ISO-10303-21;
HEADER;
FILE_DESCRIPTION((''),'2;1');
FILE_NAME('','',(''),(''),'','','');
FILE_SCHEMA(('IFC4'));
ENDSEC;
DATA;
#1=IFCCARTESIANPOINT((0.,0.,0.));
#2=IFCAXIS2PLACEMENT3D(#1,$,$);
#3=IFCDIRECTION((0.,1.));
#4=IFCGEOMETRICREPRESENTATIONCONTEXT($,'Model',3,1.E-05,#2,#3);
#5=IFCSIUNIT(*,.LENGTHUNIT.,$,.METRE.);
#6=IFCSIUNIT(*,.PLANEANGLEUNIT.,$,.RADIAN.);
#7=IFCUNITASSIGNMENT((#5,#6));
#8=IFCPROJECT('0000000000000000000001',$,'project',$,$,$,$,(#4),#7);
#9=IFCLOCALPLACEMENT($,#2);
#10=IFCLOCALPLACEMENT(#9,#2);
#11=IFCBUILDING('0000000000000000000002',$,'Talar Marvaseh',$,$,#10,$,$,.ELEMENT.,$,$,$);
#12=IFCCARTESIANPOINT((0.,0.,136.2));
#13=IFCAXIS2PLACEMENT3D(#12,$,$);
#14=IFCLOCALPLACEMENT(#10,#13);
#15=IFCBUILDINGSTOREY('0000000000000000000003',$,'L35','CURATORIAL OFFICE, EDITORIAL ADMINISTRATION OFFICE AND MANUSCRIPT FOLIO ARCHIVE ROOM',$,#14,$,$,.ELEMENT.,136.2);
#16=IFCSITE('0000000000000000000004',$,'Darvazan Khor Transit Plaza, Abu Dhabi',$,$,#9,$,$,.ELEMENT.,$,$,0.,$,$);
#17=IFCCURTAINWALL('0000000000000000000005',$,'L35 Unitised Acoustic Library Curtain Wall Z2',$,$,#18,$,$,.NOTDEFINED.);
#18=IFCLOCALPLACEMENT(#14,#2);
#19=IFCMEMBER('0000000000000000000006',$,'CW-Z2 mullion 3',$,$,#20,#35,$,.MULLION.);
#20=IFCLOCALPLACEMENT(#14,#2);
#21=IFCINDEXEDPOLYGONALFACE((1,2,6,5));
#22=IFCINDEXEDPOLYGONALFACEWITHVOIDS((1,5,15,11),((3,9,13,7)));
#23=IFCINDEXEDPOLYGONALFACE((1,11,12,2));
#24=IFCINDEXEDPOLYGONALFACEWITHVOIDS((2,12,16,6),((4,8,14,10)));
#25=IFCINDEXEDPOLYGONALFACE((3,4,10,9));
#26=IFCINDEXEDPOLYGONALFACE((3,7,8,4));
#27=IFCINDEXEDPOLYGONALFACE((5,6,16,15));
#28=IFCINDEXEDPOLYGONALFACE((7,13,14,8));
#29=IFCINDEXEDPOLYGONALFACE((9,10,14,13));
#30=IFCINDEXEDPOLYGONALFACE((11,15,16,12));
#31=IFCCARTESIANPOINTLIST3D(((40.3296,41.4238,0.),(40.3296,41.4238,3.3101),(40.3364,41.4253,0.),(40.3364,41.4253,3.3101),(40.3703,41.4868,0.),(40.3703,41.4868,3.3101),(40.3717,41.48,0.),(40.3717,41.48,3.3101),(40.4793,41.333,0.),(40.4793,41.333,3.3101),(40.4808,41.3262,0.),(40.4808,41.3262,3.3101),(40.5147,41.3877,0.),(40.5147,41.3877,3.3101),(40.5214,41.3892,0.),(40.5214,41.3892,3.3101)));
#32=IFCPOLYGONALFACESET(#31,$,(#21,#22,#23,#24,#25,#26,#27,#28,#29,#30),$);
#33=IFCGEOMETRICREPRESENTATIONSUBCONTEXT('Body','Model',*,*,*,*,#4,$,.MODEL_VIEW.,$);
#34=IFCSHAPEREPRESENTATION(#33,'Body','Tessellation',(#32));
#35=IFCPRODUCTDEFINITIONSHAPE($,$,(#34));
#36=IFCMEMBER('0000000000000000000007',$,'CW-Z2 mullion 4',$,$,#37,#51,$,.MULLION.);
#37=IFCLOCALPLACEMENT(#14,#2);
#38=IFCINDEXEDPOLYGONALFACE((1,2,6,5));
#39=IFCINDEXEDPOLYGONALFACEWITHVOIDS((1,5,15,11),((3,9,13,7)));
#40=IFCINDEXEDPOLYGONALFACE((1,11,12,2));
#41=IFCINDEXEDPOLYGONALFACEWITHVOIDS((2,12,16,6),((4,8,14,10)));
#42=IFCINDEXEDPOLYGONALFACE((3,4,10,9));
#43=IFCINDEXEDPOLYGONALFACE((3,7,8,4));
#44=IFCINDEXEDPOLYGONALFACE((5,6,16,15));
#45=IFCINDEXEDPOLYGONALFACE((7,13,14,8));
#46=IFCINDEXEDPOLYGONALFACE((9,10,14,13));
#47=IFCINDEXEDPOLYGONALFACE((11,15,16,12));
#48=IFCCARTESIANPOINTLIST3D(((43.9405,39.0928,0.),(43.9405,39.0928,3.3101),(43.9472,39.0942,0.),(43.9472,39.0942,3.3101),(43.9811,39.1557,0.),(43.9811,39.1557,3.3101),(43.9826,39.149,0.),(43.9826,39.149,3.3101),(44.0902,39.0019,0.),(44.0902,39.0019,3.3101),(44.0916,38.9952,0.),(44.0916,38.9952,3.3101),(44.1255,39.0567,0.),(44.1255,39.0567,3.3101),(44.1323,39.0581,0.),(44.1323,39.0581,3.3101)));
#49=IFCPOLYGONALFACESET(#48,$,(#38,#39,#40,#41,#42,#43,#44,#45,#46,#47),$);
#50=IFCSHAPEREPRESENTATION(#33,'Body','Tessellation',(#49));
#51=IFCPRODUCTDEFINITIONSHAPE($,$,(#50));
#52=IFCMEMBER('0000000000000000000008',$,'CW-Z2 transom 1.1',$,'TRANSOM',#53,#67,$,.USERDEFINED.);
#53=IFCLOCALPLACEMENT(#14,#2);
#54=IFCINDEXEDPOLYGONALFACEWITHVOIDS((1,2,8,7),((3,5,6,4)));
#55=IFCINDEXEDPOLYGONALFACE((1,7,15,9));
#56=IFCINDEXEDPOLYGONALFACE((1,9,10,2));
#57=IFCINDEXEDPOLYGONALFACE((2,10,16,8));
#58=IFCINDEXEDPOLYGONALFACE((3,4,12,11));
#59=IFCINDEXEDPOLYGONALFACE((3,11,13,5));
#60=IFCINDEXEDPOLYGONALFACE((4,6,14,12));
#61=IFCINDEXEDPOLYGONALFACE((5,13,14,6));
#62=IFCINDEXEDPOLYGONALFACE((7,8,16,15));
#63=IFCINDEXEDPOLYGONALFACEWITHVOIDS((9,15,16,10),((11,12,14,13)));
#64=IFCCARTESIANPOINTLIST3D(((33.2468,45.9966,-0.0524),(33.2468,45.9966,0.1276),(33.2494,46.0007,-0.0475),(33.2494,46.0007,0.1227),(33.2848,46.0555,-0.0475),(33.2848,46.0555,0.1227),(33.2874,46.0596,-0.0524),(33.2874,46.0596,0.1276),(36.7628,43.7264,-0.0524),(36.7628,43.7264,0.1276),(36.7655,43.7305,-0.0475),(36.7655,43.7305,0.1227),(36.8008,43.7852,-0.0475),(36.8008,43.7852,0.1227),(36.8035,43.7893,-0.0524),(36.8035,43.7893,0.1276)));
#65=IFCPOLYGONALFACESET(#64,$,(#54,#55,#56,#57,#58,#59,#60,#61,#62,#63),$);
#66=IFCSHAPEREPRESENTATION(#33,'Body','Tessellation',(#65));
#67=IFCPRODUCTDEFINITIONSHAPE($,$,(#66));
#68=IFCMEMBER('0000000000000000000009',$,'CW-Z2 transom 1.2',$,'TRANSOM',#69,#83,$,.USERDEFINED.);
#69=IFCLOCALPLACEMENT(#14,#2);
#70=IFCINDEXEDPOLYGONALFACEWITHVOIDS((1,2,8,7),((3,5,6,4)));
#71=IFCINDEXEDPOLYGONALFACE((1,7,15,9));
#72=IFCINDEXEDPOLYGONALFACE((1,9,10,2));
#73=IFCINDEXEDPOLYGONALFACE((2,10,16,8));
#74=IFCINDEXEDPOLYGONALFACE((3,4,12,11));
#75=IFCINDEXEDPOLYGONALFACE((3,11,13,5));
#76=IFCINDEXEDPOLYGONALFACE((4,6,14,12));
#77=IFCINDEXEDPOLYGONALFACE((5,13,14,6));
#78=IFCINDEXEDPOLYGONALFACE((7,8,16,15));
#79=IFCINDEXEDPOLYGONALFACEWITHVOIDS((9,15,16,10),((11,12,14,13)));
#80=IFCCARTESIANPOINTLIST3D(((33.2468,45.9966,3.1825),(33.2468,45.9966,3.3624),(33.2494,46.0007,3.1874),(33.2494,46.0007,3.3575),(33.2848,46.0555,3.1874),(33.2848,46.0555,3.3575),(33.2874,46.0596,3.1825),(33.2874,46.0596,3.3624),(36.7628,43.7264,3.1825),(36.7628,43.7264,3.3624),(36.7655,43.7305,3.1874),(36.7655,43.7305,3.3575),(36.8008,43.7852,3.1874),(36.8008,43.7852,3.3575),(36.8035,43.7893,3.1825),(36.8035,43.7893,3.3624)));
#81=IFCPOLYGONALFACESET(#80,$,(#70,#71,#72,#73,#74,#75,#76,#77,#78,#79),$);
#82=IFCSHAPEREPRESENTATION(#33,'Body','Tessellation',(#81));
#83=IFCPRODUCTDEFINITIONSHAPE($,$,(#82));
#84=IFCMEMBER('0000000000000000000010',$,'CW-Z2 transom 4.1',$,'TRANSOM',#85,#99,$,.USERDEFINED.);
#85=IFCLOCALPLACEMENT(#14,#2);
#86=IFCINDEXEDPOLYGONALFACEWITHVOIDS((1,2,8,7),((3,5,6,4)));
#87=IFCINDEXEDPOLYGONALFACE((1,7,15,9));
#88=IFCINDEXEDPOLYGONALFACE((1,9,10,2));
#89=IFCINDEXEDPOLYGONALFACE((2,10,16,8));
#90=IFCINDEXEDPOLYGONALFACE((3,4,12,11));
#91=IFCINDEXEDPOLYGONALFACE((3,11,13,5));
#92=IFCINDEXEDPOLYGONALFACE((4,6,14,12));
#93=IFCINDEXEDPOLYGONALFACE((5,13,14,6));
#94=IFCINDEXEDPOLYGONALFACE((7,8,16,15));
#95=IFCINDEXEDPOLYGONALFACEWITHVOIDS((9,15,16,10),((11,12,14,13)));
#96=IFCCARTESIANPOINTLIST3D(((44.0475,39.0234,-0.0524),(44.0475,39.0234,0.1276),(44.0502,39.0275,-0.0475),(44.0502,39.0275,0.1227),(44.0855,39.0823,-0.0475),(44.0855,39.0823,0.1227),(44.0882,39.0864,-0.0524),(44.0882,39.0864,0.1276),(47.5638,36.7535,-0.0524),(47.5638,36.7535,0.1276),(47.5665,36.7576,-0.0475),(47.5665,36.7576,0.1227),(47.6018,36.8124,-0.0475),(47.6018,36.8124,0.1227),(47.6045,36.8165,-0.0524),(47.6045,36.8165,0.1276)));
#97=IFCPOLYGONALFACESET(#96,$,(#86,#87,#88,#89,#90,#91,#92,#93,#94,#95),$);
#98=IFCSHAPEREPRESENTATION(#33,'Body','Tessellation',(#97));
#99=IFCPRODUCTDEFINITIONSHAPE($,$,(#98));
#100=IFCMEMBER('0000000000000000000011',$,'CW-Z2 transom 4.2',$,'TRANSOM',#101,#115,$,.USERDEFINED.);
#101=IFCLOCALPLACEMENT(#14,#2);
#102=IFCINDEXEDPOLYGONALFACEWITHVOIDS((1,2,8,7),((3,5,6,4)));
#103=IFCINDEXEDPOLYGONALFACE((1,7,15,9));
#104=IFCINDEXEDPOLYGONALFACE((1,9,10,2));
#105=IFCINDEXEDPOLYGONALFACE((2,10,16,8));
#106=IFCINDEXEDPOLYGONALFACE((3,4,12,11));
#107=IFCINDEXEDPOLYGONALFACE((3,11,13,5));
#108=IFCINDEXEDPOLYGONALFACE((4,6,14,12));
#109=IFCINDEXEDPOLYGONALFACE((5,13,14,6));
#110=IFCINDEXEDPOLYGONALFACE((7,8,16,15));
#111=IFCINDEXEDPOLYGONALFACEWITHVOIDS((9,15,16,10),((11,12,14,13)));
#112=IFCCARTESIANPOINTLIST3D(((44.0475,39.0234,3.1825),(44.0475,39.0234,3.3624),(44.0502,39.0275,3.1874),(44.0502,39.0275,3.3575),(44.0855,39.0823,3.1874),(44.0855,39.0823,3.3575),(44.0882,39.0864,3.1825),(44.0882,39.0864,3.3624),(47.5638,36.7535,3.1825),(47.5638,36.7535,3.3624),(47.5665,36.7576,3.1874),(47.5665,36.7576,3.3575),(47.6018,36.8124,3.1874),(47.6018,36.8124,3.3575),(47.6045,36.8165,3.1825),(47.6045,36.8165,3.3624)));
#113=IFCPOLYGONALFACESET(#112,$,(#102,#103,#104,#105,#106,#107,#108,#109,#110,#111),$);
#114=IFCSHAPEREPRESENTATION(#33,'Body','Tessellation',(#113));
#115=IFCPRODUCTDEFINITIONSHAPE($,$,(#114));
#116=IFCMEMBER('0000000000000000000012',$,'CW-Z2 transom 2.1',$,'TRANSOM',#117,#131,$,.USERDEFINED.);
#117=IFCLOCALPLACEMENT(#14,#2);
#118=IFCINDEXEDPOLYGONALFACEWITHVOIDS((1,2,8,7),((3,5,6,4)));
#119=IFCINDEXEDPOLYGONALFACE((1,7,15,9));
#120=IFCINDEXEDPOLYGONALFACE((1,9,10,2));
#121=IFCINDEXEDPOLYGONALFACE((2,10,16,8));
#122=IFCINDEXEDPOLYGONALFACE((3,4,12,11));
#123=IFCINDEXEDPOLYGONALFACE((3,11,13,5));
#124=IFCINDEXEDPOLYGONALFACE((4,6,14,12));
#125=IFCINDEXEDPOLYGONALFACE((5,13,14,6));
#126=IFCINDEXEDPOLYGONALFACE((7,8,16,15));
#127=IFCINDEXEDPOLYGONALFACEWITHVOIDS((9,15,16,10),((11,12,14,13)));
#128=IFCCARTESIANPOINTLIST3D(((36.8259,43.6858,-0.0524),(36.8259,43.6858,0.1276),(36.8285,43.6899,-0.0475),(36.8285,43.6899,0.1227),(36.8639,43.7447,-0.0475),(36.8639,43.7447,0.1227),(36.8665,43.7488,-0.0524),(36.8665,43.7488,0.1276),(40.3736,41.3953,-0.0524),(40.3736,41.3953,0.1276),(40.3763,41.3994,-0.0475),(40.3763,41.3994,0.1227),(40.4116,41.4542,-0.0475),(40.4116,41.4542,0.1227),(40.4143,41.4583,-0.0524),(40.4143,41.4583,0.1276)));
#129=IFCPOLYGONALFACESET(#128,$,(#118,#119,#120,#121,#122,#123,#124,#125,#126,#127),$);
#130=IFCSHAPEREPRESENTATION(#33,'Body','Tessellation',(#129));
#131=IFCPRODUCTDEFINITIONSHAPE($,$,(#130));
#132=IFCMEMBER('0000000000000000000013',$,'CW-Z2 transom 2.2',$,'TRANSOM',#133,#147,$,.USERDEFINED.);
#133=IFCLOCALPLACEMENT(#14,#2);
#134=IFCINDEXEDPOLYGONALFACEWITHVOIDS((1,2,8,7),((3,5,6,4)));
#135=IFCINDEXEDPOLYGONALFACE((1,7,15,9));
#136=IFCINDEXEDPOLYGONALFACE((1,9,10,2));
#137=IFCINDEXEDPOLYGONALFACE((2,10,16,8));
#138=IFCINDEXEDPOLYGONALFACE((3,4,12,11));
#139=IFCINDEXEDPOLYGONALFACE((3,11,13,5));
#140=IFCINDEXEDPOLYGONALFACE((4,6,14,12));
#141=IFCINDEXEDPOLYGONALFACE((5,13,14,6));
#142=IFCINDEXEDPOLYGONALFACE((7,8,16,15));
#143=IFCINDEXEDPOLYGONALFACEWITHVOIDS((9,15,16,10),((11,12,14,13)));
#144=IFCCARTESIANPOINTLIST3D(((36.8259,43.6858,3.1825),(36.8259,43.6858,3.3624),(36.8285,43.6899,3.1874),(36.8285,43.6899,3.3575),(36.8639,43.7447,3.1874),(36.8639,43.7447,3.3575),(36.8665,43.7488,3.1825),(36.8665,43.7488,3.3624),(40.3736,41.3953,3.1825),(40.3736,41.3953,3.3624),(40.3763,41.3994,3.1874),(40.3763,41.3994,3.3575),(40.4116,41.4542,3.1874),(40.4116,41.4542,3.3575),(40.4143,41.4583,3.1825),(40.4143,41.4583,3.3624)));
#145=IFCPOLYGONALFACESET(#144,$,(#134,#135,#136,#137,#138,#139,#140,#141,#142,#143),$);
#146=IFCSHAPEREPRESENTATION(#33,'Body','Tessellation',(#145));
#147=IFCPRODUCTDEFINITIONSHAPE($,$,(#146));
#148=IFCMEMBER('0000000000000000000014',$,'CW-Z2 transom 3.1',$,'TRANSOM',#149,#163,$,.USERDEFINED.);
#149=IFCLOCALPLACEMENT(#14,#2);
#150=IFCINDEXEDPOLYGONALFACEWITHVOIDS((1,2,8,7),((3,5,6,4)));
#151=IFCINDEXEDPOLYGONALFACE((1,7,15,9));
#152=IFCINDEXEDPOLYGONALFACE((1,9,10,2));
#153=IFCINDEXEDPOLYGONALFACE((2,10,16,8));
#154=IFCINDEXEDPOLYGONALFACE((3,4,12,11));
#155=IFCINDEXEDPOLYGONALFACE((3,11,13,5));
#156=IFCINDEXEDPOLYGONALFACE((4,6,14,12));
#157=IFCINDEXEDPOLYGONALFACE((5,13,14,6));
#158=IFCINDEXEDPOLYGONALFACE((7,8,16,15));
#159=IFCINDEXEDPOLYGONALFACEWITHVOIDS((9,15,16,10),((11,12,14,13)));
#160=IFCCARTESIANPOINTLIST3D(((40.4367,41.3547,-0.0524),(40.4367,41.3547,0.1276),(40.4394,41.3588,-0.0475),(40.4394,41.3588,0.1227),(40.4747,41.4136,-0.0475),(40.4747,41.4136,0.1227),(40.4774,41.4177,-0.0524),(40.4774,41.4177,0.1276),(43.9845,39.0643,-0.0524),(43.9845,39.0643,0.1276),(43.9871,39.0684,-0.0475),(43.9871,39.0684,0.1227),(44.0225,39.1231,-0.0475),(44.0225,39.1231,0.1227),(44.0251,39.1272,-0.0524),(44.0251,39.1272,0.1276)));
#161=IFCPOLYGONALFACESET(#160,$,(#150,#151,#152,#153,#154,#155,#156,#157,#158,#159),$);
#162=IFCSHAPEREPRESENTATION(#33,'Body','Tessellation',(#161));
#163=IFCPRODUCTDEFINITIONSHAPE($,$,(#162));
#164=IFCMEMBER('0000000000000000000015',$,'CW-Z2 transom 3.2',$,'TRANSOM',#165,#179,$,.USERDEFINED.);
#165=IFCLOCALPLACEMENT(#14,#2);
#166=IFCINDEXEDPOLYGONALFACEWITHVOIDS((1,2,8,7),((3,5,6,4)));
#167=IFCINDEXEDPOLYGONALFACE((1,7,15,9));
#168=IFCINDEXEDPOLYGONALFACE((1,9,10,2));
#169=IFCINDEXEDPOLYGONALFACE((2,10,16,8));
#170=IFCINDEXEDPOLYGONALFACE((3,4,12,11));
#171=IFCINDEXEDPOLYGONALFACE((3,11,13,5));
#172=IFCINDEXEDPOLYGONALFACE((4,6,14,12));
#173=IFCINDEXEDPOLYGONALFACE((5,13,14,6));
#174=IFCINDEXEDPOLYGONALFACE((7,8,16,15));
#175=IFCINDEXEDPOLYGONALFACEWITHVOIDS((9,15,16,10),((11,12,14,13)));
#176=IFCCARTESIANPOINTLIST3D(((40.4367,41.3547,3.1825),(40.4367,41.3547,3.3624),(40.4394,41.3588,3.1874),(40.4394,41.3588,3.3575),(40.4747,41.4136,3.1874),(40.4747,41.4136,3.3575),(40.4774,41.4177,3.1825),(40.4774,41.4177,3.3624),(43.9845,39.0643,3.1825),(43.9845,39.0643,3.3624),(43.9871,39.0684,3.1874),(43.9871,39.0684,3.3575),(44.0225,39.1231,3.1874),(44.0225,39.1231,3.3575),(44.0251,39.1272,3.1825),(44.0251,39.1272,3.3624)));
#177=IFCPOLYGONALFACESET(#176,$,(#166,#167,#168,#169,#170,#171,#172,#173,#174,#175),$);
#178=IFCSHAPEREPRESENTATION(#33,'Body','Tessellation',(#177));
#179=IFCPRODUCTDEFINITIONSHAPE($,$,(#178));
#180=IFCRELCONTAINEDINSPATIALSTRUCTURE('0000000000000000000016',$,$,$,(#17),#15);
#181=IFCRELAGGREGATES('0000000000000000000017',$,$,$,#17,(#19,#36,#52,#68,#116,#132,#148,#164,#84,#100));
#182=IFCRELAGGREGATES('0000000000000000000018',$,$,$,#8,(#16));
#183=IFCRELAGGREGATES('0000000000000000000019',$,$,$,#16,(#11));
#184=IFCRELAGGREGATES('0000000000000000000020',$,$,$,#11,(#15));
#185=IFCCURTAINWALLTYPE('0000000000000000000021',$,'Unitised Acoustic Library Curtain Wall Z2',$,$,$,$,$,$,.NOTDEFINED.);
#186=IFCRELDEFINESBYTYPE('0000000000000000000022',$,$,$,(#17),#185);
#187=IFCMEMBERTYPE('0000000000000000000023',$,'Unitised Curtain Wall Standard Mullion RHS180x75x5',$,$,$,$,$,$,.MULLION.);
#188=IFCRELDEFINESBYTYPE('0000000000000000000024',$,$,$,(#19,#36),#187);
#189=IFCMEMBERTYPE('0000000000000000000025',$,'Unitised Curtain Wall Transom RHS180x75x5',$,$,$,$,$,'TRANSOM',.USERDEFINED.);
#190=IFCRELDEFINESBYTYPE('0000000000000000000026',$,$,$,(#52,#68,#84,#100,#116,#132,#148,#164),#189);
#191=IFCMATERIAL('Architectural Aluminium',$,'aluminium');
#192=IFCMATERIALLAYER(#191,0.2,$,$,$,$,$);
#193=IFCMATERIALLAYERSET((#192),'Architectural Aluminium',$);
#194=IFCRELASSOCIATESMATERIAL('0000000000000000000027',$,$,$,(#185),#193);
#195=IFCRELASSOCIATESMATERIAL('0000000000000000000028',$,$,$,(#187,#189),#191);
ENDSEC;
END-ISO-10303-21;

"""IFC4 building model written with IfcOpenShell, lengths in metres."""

from ifc_helpers import new_model, si_unit, direction, frame, origin, origin_2d, place, context, subcontext, project, spatial, hollow_rectangle, extrude, source, transform, mapped, material, layer, layer_set, material_profile, profile_set, type_object, type_shapes, element, aggregate, save


model = new_model("IFC4")

# Units and contexts
model_context = context("Model", 3, precision=1e-05, world=origin(), true_north=direction((0.0, 1.0)))
body_context = subcontext(model_context, "Body", "Model", "MODEL_VIEW")
ifc_project = project(units=[si_unit("LENGTHUNIT", "METRE"), si_unit("PLANEANGLEUNIT", "RADIAN")], contexts=[model_context])

# Site, building, storey
site_placement = place(None, origin())
site = spatial("IfcSite", under=ifc_project, at=site_placement, Name="Darvazan Khor Transit Plaza, Abu Dhabi", CompositionType="ELEMENT", RefElevation=0.0)
building_placement = place(site_placement, origin())
building = spatial("IfcBuilding", under=site, at=building_placement, Name="Talar Marvaseh", CompositionType="ELEMENT")
storey_placement = place(building_placement, frame((0.0, 0.0, 136.2)))
storey = spatial("IfcBuildingStorey", under=building, at=storey_placement, Name="L35", Description="CURATORIAL OFFICE, EDITORIAL ADMINISTRATION OFFICE AND MANUSCRIPT FOLIO ARCHIVE ROOM", CompositionType="ELEMENT", Elevation=136.2)

# Curtain wall, members
ifc_material_1 = material(Name="Architectural Aluminium", Category="aluminium")
ifc_layer_1 = layer(ifc_material_1, 0.2)
ifc_layer_set_1 = layer_set([ifc_layer_1], Name="Architectural Aluminium")
curtain_wall_type = type_object("IfcCurtainWallType", Name="Unitised Acoustic Library Curtain Wall Z2", PredefinedType="NOTDEFINED", material=ifc_layer_set_1)
curtain_wall_placement = place(storey_placement, origin())
curtain_wall = element("IfcCurtainWall", 1, at=curtain_wall_placement, inside=storey, type_object=curtain_wall_type, Name="L35 Unitised Acoustic Library Curtain Wall Z2", PredefinedType="NOTDEFINED")
ifc_material_profile_1 = material_profile(ifc_material_1, hollow_rectangle(XDim=0.075, YDim=0.1799, WallThickness=0.0049, at=origin_2d()), Name="RHS180x75x5")
ifc_profile_set_1 = profile_set([ifc_material_profile_1], Name="Architectural Aluminium")
member_type_1 = type_object("IfcMemberType", Name="Unitised Curtain Wall Standard Mullion RHS180x75x5", PredefinedType="MULLION", material=ifc_profile_set_1)
shared_shape_1 = source(origin(), body_context, "Body", "SweptSolid", [
    extrude(hollow_rectangle(XDim=0.075, YDim=0.1799, WallThickness=0.0049, at=origin_2d()), origin(), (0.0, 0.0, 1.0), 3.3101),
])
type_shapes(member_type_1, [shared_shape_1])
member_1_placement = place(storey_placement, frame((40.4255, 41.4065, 0.0), z_axis=(0.0, 0.0, 1.0), x_axis=(0.542386, 0.840129, 0.0)))
member_1 = element("IfcMember", 2, at=member_1_placement, type_object=member_type_1, Name="CW-Z2 mullion 3", PredefinedType="MULLION", context=body_context, shape_type="MappedRepresentation", body=[
    mapped(shared_shape_1, transform((0.0, 0.0, 0.0), x_axis=(1.0, 0.0, 0.0), y_axis=(0.0, 1.0, 0.0), z_axis=(0.0, 0.0, 1.0), scale=1.0)),
])
member_2_placement = place(storey_placement, frame((44.0364, 39.0754, 0.0), z_axis=(0.0, 0.0, 1.0), x_axis=(0.542386, 0.840129, 0.0)))
member_2 = element("IfcMember", 3, at=member_2_placement, type_object=member_type_1, Name="CW-Z2 mullion 4", PredefinedType="MULLION", context=body_context, shape_type="MappedRepresentation", body=[
    mapped(shared_shape_1, transform((0.0, 0.0, 0.0), x_axis=(1.0, 0.0, 0.0), y_axis=(0.0, 1.0, 0.0), z_axis=(0.0, 0.0, 1.0), scale=1.0)),
])
ifc_material_profile_2 = material_profile(ifc_material_1, hollow_rectangle(XDim=0.075, YDim=0.1799, WallThickness=0.0049, at=origin_2d()), Name="RHS180x75x5")
ifc_profile_set_2 = profile_set([ifc_material_profile_2], Name="Architectural Aluminium")
member_type_2 = type_object("IfcMemberType", Name="Unitised Curtain Wall Transom RHS180x75x5", ElementType="TRANSOM", PredefinedType="USERDEFINED", material=ifc_profile_set_2)
shared_shape_2 = source(origin(), body_context, "Body", "SweptSolid", [
    extrude(hollow_rectangle(XDim=0.075, YDim=0.1799, WallThickness=0.0049, at=origin_2d()), origin(), (0.0, 0.0, 1.0), 4.1853),
])
member_3_placement = place(storey_placement, frame((33.2671, 46.0281, 0.0376), z_axis=(0.8401, -0.542431, 0.0), x_axis=(0.542431, 0.8401, 0.0)))
member_3 = element("IfcMember", 4, at=member_3_placement, type_object=member_type_2, Name="CW-Z2 transom 1.1", ObjectType="TRANSOM", PredefinedType="USERDEFINED", context=body_context, shape_type="MappedRepresentation", body=[
    mapped(shared_shape_2, transform((0.0, 0.0, 0.0), x_axis=(1.0, 0.0, 0.0), y_axis=(0.0, 1.0, 0.0), z_axis=(0.0, 0.0, 1.0), scale=1.0)),
])
member_4_placement = place(storey_placement, frame((33.2671, 46.0281, 3.2725), z_axis=(0.8401, -0.542431, 0.0), x_axis=(0.542431, 0.8401, 0.0)))
member_4 = element("IfcMember", 5, at=member_4_placement, type_object=member_type_2, Name="CW-Z2 transom 1.2", ObjectType="TRANSOM", PredefinedType="USERDEFINED", context=body_context, shape_type="MappedRepresentation", body=[
    mapped(shared_shape_2, transform((0.0, 0.0, 0.0), x_axis=(1.0, 0.0, 0.0), y_axis=(0.0, 1.0, 0.0), z_axis=(0.0, 0.0, 1.0), scale=1.0)),
])
member_5_placement = place(storey_placement, frame((44.0679, 39.0549, 0.0376), z_axis=(0.840144, -0.542363, 0.0), x_axis=(0.542363, 0.840144, 0.0)))
member_5 = element("IfcMember", 6, at=member_5_placement, type_object=member_type_2, Name="CW-Z2 transom 4.1", ObjectType="TRANSOM", PredefinedType="USERDEFINED", context=body_context, shape_type="MappedRepresentation", body=[
    mapped(shared_shape_2, transform((0.0, 0.0, 0.0), x_axis=(1.0, 0.0, 0.0), y_axis=(0.0, 1.0, 0.0), z_axis=(0.0, 0.0, 1.0), scale=1.0)),
])
member_6_placement = place(storey_placement, frame((44.0679, 39.0549, 3.2725), z_axis=(0.840144, -0.542363, 0.0), x_axis=(0.542363, 0.840144, 0.0)))
member_6 = element("IfcMember", 7, at=member_6_placement, type_object=member_type_2, Name="CW-Z2 transom 4.2", ObjectType="TRANSOM", PredefinedType="USERDEFINED", context=body_context, shape_type="MappedRepresentation", body=[
    mapped(shared_shape_2, transform((0.0, 0.0, 0.0), x_axis=(1.0, 0.0, 0.0), y_axis=(0.0, 1.0, 0.0), z_axis=(0.0, 0.0, 1.0), scale=1.0)),
])
shared_shape_3 = source(origin(), body_context, "Body", "SweptSolid", [
    extrude(hollow_rectangle(XDim=0.075, YDim=0.1799, WallThickness=0.0049, at=origin_2d()), origin(), (0.0, 0.0, 1.0), 4.2229),
])
type_shapes(member_type_2, [shared_shape_2, shared_shape_3])
member_7_placement = place(storey_placement, frame((36.8462, 43.7173, 0.0376), z_axis=(0.840125, -0.542393, 0.0), x_axis=(0.542393, 0.840125, 0.0)))
member_7 = element("IfcMember", 8, at=member_7_placement, type_object=member_type_2, Name="CW-Z2 transom 2.1", ObjectType="TRANSOM", PredefinedType="USERDEFINED", context=body_context, shape_type="MappedRepresentation", body=[
    mapped(shared_shape_3, transform((0.0, 0.0, 0.0), x_axis=(1.0, 0.0, 0.0), y_axis=(0.0, 1.0, 0.0), z_axis=(0.0, 0.0, 1.0), scale=1.0)),
])
member_8_placement = place(storey_placement, frame((36.8462, 43.7173, 3.2725), z_axis=(0.840125, -0.542393, 0.0), x_axis=(0.542393, 0.840125, 0.0)))
member_8 = element("IfcMember", 9, at=member_8_placement, type_object=member_type_2, Name="CW-Z2 transom 2.2", ObjectType="TRANSOM", PredefinedType="USERDEFINED", context=body_context, shape_type="MappedRepresentation", body=[
    mapped(shared_shape_3, transform((0.0, 0.0, 0.0), x_axis=(1.0, 0.0, 0.0), y_axis=(0.0, 1.0, 0.0), z_axis=(0.0, 0.0, 1.0), scale=1.0)),
])
member_9_placement = place(storey_placement, frame((40.457, 41.3862, 0.0376), z_axis=(0.840125, -0.542393, 0.0), x_axis=(0.542393, 0.840125, 0.0)))
member_9 = element("IfcMember", 10, at=member_9_placement, type_object=member_type_2, Name="CW-Z2 transom 3.1", ObjectType="TRANSOM", PredefinedType="USERDEFINED", context=body_context, shape_type="MappedRepresentation", body=[
    mapped(shared_shape_3, transform((0.0, 0.0, 0.0), x_axis=(1.0, 0.0, 0.0), y_axis=(0.0, 1.0, 0.0), z_axis=(0.0, 0.0, 1.0), scale=1.0)),
])
member_10_placement = place(storey_placement, frame((40.457, 41.3862, 3.2725), z_axis=(0.840125, -0.542393, 0.0), x_axis=(0.542393, 0.840125, 0.0)))
member_10 = element("IfcMember", 11, at=member_10_placement, type_object=member_type_2, Name="CW-Z2 transom 3.2", ObjectType="TRANSOM", PredefinedType="USERDEFINED", context=body_context, shape_type="MappedRepresentation", body=[
    mapped(shared_shape_3, transform((0.0, 0.0, 0.0), x_axis=(1.0, 0.0, 0.0), y_axis=(0.0, 1.0, 0.0), z_axis=(0.0, 0.0, 1.0), scale=1.0)),
])
aggregate(curtain_wall, [member_1, member_2, member_3, member_4, member_7, member_8, member_9, member_10, member_5, member_6])

save(model, "model.ifc")
